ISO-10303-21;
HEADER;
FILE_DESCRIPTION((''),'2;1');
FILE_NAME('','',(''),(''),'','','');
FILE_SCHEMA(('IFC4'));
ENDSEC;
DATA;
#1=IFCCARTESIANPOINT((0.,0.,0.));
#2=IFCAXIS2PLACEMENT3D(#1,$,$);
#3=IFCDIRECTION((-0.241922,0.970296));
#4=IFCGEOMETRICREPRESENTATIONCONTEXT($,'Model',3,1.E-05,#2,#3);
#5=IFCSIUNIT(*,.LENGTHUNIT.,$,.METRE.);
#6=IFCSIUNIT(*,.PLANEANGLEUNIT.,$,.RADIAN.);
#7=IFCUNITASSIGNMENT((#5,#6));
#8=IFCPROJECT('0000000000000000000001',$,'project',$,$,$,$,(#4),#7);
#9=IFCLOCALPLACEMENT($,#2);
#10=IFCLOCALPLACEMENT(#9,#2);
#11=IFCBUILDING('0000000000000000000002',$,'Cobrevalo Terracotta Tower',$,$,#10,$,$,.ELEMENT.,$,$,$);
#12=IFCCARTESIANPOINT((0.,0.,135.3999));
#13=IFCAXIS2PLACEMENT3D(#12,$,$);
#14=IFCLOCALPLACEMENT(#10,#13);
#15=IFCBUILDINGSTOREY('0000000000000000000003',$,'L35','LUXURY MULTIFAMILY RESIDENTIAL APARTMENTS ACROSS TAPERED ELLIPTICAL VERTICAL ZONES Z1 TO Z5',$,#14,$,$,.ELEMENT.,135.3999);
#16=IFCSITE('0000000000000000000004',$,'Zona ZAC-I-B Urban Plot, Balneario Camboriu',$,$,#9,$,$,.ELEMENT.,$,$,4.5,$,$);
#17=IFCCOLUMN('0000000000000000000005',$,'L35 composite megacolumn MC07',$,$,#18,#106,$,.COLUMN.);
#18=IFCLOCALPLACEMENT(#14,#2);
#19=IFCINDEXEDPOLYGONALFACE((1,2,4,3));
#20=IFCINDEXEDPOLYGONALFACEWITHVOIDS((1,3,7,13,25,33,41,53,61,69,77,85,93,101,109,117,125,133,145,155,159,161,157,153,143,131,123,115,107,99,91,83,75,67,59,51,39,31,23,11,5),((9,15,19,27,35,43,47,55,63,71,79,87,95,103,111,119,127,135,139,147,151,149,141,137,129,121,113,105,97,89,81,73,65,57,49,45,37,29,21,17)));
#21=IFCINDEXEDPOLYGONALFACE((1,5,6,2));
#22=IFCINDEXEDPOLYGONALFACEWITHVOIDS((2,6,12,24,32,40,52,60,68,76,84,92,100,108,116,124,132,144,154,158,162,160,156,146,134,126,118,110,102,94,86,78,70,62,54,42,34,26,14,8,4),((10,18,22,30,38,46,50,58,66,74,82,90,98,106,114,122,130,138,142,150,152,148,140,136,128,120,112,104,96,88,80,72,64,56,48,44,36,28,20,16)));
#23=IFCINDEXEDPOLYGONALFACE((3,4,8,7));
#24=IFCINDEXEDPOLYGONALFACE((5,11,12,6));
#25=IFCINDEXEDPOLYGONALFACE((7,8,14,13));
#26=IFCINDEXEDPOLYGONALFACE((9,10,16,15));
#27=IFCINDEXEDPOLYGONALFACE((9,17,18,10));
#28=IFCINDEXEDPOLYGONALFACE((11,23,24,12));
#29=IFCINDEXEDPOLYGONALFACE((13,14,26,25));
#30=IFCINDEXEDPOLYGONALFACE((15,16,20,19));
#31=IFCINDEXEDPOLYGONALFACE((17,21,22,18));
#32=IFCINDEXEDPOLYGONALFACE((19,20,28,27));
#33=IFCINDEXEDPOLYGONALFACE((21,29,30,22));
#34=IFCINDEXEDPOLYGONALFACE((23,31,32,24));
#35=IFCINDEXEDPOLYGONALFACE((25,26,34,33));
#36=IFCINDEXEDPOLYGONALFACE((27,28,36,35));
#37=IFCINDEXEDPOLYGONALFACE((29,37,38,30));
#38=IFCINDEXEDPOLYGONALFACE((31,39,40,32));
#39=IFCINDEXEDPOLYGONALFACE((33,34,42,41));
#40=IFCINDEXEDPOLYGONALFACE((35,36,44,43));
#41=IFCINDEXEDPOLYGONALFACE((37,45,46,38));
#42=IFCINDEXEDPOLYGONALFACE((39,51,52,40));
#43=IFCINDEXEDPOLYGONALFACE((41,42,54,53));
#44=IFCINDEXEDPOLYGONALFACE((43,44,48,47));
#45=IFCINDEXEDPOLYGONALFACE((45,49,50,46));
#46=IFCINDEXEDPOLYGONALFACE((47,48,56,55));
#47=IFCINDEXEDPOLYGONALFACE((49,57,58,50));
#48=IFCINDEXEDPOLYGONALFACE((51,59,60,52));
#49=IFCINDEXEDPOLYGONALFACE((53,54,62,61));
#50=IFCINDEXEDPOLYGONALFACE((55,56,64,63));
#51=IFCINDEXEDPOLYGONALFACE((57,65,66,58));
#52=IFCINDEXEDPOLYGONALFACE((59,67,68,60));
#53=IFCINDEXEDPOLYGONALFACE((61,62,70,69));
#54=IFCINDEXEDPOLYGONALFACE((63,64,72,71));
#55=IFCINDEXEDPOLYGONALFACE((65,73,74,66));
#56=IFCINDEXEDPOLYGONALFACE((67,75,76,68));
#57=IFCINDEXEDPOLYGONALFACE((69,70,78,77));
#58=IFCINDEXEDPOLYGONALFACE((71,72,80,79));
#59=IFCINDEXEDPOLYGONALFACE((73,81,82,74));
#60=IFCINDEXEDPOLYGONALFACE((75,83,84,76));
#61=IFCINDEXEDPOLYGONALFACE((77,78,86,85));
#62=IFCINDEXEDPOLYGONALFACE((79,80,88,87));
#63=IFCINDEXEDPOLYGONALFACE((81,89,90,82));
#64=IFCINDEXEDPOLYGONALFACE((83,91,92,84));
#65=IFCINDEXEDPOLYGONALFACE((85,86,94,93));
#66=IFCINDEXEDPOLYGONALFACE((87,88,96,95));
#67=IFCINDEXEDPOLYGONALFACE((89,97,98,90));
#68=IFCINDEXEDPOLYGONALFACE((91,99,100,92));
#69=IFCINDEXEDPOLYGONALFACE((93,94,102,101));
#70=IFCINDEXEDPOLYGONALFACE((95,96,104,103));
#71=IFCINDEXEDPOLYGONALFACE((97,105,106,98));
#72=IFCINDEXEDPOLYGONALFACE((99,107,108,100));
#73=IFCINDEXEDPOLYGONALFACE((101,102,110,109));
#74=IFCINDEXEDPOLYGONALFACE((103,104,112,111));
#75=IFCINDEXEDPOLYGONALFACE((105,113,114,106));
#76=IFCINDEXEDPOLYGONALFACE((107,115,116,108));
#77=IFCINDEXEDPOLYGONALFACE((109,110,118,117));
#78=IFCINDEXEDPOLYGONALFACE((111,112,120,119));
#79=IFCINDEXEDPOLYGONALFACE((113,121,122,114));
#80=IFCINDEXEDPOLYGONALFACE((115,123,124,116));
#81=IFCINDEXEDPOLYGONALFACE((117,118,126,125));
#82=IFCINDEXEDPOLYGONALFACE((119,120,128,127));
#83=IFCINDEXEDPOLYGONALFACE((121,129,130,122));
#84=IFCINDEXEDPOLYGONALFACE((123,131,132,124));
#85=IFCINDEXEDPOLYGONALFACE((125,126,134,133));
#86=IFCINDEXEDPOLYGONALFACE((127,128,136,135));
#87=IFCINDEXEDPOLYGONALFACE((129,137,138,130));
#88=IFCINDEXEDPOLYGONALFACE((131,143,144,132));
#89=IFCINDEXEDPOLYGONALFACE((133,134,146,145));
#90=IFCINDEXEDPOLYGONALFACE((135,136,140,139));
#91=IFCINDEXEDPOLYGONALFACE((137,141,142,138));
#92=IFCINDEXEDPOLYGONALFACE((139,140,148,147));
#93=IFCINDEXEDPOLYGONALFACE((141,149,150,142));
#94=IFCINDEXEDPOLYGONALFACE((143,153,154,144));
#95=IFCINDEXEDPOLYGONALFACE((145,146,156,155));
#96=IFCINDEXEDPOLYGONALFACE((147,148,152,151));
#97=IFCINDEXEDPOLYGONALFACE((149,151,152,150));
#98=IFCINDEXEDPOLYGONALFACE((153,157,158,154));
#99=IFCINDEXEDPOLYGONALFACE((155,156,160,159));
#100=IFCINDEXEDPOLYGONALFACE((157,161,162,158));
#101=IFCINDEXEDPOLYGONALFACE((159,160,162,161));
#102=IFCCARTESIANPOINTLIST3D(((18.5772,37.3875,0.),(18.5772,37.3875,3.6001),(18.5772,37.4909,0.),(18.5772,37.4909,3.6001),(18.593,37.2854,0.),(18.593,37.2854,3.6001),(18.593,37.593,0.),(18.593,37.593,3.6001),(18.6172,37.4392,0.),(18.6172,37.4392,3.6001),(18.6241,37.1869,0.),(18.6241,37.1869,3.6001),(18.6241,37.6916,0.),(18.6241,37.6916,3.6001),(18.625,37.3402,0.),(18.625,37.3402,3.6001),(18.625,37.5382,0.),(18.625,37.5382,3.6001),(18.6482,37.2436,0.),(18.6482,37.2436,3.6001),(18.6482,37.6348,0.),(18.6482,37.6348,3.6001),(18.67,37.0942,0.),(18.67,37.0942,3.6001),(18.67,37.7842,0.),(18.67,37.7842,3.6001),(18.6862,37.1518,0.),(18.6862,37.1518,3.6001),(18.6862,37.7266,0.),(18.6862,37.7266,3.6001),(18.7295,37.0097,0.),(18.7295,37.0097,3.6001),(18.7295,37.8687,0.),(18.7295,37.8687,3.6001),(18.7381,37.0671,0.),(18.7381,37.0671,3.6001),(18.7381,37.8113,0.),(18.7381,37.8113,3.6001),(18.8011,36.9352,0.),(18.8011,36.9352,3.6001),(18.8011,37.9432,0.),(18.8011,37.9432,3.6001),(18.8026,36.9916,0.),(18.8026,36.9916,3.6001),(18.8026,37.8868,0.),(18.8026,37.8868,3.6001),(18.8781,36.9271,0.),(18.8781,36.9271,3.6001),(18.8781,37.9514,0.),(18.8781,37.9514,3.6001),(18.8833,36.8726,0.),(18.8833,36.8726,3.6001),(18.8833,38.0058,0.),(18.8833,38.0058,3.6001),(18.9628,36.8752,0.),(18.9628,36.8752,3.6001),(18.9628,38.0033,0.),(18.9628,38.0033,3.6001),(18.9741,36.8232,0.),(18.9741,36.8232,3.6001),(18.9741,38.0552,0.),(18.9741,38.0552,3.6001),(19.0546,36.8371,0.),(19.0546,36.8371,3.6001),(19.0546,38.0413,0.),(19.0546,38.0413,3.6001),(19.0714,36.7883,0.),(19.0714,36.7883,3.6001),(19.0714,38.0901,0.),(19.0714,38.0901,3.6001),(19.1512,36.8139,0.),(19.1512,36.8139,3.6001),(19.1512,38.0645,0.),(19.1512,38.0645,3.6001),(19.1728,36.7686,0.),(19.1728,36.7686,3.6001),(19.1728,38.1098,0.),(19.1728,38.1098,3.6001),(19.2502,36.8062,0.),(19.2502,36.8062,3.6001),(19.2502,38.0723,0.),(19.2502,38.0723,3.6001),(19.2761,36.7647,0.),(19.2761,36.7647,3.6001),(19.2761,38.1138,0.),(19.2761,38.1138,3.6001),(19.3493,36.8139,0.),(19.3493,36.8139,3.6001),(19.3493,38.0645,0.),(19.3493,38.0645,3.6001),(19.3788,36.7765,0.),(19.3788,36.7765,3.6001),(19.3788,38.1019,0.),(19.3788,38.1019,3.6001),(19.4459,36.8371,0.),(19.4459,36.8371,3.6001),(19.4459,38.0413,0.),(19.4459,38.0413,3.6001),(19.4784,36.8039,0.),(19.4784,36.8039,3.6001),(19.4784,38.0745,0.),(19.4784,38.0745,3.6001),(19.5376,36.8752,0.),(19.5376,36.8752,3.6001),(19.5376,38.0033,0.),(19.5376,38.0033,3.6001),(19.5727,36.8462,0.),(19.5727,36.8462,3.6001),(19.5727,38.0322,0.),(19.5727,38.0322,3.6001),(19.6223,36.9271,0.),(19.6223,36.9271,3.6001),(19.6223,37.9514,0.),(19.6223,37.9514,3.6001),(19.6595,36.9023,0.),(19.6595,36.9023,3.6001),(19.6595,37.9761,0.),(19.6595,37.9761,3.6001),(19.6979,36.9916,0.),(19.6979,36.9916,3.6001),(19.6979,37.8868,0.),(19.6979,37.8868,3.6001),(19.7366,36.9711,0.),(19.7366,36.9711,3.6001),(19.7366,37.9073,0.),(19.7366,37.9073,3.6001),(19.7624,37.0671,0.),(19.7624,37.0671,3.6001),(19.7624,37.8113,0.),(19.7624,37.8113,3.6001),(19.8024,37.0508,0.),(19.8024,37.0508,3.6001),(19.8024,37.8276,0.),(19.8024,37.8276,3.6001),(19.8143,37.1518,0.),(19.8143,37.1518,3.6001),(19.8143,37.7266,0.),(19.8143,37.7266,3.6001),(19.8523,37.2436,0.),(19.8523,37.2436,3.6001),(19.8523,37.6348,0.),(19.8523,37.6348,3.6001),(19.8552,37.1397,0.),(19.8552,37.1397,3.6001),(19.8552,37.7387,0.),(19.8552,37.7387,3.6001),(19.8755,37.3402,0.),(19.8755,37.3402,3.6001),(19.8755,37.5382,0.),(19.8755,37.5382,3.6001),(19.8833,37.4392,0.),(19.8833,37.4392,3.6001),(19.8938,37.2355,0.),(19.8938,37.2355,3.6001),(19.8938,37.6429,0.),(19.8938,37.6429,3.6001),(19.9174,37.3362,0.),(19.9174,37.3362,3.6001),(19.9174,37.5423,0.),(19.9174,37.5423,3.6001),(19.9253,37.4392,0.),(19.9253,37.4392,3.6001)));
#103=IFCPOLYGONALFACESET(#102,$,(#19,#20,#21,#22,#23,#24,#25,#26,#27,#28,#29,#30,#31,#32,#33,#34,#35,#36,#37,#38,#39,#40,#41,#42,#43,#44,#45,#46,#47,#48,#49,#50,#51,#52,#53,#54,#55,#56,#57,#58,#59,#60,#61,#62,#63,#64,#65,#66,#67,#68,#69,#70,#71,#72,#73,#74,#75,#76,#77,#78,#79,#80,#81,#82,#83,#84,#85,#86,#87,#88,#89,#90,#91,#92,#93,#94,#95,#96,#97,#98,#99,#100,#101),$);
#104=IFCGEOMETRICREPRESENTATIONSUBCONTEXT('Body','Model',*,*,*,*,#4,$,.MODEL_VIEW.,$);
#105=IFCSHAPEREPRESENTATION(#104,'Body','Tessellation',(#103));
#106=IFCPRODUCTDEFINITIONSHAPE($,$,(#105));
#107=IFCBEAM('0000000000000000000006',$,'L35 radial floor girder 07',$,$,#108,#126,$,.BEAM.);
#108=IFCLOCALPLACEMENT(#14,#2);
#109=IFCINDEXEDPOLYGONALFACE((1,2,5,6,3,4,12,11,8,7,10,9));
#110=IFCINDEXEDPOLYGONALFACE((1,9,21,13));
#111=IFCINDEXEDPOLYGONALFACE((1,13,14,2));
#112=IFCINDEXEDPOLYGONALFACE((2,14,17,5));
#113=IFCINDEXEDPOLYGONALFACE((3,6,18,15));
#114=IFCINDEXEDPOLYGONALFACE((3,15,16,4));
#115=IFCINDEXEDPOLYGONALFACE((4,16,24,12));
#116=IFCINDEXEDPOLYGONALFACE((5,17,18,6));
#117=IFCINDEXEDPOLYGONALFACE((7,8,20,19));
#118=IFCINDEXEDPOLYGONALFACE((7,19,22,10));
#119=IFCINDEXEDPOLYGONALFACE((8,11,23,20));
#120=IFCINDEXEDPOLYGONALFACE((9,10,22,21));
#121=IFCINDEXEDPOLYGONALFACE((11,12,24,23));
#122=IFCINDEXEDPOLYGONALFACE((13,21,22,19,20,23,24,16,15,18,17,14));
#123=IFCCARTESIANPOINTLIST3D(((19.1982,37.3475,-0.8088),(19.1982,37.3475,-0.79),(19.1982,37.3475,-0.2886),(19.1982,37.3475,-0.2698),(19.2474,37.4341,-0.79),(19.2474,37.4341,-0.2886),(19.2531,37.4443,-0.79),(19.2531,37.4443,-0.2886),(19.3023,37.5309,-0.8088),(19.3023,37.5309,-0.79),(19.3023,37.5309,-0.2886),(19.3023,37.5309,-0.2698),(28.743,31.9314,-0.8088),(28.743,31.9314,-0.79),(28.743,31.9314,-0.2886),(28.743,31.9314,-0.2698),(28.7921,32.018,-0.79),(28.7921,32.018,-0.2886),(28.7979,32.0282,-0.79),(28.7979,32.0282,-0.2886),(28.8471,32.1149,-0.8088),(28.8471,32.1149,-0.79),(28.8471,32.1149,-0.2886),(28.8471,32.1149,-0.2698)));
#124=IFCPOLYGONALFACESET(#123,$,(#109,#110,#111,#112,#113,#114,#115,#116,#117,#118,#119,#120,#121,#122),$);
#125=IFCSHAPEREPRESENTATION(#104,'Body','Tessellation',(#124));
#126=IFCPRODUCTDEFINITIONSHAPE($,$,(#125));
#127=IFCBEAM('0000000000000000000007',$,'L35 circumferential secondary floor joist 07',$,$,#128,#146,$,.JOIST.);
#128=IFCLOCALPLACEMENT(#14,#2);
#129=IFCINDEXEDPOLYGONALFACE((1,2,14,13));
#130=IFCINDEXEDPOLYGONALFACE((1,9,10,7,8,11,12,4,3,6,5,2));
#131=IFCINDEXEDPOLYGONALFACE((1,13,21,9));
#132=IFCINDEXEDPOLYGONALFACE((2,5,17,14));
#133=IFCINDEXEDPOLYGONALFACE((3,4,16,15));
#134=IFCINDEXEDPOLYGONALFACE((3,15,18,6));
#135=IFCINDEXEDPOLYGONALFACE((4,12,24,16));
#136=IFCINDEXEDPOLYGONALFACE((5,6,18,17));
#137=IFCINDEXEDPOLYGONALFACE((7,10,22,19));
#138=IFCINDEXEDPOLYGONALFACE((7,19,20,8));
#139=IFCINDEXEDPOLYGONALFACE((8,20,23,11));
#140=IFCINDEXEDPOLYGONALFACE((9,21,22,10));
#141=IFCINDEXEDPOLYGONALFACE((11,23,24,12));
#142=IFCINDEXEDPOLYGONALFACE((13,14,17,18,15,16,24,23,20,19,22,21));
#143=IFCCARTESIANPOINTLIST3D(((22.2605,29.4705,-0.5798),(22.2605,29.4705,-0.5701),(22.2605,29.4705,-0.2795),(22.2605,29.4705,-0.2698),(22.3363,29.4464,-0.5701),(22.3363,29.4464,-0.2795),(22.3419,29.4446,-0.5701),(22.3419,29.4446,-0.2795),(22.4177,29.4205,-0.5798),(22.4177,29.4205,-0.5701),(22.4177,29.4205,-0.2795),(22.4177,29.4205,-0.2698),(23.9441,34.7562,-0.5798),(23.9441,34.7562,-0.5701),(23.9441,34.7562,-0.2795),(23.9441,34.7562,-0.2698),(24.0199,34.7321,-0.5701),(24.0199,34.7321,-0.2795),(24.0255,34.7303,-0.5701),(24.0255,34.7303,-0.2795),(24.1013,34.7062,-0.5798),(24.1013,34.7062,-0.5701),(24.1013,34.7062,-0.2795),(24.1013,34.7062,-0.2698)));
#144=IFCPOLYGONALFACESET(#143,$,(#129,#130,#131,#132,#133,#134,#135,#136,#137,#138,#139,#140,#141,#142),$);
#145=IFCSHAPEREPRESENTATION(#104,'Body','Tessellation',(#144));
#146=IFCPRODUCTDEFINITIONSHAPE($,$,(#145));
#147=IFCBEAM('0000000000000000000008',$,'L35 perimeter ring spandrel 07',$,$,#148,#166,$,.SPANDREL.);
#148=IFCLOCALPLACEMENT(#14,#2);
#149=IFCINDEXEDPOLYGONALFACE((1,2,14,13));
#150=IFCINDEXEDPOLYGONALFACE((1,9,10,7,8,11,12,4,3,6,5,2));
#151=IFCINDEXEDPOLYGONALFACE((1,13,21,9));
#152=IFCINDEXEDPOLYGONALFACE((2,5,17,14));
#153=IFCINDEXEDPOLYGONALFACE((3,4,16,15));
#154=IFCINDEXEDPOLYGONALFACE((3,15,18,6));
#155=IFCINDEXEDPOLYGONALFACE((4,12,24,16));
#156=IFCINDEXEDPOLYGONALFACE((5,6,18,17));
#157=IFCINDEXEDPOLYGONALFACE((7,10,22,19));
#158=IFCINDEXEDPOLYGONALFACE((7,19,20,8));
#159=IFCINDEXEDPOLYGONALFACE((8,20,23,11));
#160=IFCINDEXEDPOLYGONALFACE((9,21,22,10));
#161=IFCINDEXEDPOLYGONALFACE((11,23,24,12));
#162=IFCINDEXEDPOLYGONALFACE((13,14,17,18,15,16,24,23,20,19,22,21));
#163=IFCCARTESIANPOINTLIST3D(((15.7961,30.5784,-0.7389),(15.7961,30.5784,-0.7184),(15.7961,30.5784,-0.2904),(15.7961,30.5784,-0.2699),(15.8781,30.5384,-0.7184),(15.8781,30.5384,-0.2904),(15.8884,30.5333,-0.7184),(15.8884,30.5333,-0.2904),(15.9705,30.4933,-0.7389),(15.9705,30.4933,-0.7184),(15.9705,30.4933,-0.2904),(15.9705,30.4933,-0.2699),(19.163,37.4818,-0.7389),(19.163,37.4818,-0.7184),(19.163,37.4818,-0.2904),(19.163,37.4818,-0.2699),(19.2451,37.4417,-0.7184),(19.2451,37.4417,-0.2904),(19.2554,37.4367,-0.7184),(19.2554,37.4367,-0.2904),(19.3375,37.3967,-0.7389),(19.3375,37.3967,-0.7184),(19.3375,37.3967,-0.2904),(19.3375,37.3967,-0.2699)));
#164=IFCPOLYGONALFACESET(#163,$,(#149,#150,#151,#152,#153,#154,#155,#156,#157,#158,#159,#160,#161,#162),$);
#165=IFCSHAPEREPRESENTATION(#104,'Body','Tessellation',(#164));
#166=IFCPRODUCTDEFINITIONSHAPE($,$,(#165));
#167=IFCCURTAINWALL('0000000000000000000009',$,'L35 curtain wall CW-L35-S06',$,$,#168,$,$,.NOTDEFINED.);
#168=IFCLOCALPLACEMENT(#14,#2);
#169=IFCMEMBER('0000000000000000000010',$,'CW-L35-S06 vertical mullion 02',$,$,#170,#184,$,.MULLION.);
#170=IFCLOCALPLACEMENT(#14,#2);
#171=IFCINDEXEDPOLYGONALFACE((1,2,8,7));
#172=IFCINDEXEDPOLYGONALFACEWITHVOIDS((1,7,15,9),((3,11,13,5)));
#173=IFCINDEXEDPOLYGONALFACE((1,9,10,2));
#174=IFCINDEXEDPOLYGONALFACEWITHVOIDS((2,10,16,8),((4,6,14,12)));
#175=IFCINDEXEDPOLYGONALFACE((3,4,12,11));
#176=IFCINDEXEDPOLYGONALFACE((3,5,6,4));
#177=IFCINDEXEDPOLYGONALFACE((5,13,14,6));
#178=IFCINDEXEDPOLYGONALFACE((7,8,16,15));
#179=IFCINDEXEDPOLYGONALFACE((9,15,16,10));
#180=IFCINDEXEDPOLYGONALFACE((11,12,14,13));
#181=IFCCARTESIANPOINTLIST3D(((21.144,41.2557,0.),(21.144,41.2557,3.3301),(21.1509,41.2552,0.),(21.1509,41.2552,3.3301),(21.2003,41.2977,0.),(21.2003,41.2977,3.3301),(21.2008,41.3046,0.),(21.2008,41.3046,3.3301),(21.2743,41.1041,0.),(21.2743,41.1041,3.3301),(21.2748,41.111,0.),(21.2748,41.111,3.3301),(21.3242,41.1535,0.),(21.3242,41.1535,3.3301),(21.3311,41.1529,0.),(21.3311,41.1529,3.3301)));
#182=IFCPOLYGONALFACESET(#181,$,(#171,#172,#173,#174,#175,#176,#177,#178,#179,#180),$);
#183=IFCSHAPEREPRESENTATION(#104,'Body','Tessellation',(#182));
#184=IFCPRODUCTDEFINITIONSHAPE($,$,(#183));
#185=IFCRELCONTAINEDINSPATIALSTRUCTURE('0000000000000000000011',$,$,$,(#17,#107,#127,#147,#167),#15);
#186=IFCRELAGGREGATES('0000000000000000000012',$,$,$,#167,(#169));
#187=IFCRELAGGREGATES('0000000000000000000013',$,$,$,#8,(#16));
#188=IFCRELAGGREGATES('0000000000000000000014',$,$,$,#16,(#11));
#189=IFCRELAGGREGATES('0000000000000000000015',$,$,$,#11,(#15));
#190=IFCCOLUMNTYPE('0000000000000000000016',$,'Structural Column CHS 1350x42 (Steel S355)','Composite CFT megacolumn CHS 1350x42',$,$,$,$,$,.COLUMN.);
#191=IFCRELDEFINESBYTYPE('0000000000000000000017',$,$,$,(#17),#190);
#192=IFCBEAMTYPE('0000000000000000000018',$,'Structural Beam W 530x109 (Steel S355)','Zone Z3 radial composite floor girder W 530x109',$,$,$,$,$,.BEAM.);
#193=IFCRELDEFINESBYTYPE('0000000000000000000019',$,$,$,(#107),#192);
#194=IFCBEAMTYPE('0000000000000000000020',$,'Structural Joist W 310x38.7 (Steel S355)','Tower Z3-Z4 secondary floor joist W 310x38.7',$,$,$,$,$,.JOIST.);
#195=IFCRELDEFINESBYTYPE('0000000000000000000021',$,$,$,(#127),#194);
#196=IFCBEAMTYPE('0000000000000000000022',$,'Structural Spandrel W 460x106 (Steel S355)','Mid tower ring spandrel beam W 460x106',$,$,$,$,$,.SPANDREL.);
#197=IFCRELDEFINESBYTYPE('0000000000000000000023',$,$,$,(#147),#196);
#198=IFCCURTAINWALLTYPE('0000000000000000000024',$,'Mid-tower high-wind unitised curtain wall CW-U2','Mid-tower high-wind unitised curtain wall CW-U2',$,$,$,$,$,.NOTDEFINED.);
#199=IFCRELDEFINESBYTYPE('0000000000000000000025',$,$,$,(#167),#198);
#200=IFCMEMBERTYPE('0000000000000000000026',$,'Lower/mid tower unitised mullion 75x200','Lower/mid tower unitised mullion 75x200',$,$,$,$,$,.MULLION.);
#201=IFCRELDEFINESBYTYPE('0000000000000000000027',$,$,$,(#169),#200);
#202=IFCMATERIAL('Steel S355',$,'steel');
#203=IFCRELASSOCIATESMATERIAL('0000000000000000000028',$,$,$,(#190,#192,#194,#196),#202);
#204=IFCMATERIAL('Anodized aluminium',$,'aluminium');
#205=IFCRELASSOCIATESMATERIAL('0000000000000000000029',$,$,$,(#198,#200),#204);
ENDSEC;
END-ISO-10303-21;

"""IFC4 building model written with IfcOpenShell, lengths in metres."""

from ifc_helpers import new_model, si_unit, direction, frame, origin, origin_2d, place, context, subcontext, project, spatial, hollow_rectangle, hollow_circle, i_section, extrude, source, transform, mapped, material, material_profile, profile_set, type_object, element, aggregate, save


model = new_model("IFC4")

# Units and contexts
model_context = context("Model", 3, precision=1e-05, world=origin(), true_north=direction((-0.241922, 0.970296)))
body_context = subcontext(model_context, "Body", "Model", "MODEL_VIEW")
ifc_project = project(units=[si_unit("LENGTHUNIT", "METRE"), si_unit("PLANEANGLEUNIT", "RADIAN")], contexts=[model_context])

# Site, building, storey
site_placement = place(None, origin())
site = spatial("IfcSite", under=ifc_project, at=site_placement, Name="Zona ZAC-I-B Urban Plot, Balneario Camboriu", CompositionType="ELEMENT", RefElevation=4.5)
building_placement = place(site_placement, origin())
building = spatial("IfcBuilding", under=site, at=building_placement, Name="Cobrevalo Terracotta Tower", CompositionType="ELEMENT")
storey_placement = place(building_placement, frame((0.0, 0.0, 135.3999)))
storey = spatial("IfcBuildingStorey", under=building, at=storey_placement, Name="L35", Description="LUXURY MULTIFAMILY RESIDENTIAL APARTMENTS ACROSS TAPERED ELLIPTICAL VERTICAL ZONES Z1 TO Z5", CompositionType="ELEMENT", Elevation=135.3999)

# Column
ifc_material_1 = material(Name="Steel S355", Category="steel")
ifc_material_profile_1 = material_profile(ifc_material_1, hollow_circle(Radius=0.675, WallThickness=0.042, at=origin_2d()), Name="CHS 1350x42")
ifc_profile_set_1 = profile_set([ifc_material_profile_1], Name="Steel S355")
column_type = type_object("IfcColumnType", Name="Structural Column CHS 1350x42 (Steel S355)", Description="Composite CFT megacolumn CHS 1350x42", PredefinedType="COLUMN", material=ifc_profile_set_1)
column_placement = place(storey_placement, frame((19.2502, 37.4392, 0.0), z_axis=(0.0, 0.0, 1.0), x_axis=(1.0, 0.0, 0.0)))
element("IfcColumn", 1, at=column_placement, inside=storey, type_object=column_type, Name="L35 composite megacolumn MC07", PredefinedType="COLUMN", context=body_context, shape_type="SweptSolid", body=[
    extrude(hollow_circle(Radius=0.675, WallThickness=0.042, at=origin_2d()), origin(), (0.0, 0.0, 1.0), 3.6001),
])

# Beams
ifc_material_profile_2 = material_profile(ifc_material_1, i_section(OverallWidth=0.2109, OverallDepth=0.5391, WebThickness=0.0117, FlangeThickness=0.0188, at=origin_2d()), Name="W 530x109")
ifc_profile_set_2 = profile_set([ifc_material_profile_2], Name="Steel S355")
beam_type_1 = type_object("IfcBeamType", Name="Structural Beam W 530x109 (Steel S355)", Description="Zone Z3 radial composite floor girder W 530x109", PredefinedType="BEAM", material=ifc_profile_set_2)
beam_1_placement = place(storey_placement, frame((19.2502, 37.4392, -0.5393), z_axis=(0.869734, -0.49352, 0.0), x_axis=(0.49352, 0.869734, 0.0)))
element("IfcBeam", 2, at=beam_1_placement, inside=storey, type_object=beam_type_1, Name="L35 radial floor girder 07", PredefinedType="BEAM", context=body_context, shape_type="SweptSolid", body=[
    extrude(i_section(OverallWidth=0.2109, OverallDepth=0.5391, WebThickness=0.0117, FlangeThickness=0.0188, at=origin_2d()), origin(), (0.0, 0.0, 1.0), 10.9744),
])
ifc_material_profile_3 = material_profile(ifc_material_1, i_section(OverallWidth=0.165, OverallDepth=0.3101, WebThickness=0.0059, FlangeThickness=0.0098, at=origin_2d()), Name="W 310x38.7")
ifc_profile_set_3 = profile_set([ifc_material_profile_3], Name="Steel S355")
beam_type_2 = type_object("IfcBeamType", Name="Structural Joist W 310x38.7 (Steel S355)", Description="Tower Z3-Z4 secondary floor joist W 310x38.7", PredefinedType="JOIST", material=ifc_profile_set_3)
beam_2_placement = place(storey_placement, frame((24.0227, 34.7312, -0.4248), z_axis=(-0.303498, -0.952832, 0.0), x_axis=(0.952832, -0.303498, 0.0)))
element("IfcBeam", 3, at=beam_2_placement, inside=storey, type_object=beam_type_2, Name="L35 circumferential secondary floor joist 07", PredefinedType="JOIST", context=body_context, shape_type="SweptSolid", body=[
    extrude(i_section(OverallWidth=0.165, OverallDepth=0.3101, WebThickness=0.0059, FlangeThickness=0.0098, at=origin_2d()), origin(), (0.0, 0.0, 1.0), 5.5474),
])
ifc_material_profile_4 = material_profile(ifc_material_1, i_section(OverallWidth=0.1941, OverallDepth=0.469, WebThickness=0.0115, FlangeThickness=0.0205, at=origin_2d()), Name="W 460x106")
ifc_profile_set_4 = profile_set([ifc_material_profile_4], Name="Steel S355")
beam_type_3 = type_object("IfcBeamType", Name="Structural Spandrel W 460x106 (Steel S355)", Description="Mid tower ring spandrel beam W 460x106", PredefinedType="SPANDREL", material=ifc_profile_set_4)
beam_3_placement = place(storey_placement, frame((19.2502, 37.4392, -0.5044), z_axis=(-0.438368, -0.898796, 0.0), x_axis=(0.898796, -0.438368, 0.0)))
element("IfcBeam", 4, at=beam_3_placement, inside=storey, type_object=beam_type_3, Name="L35 perimeter ring spandrel 07", PredefinedType="SPANDREL", context=body_context, shape_type="SweptSolid", body=[
    extrude(i_section(OverallWidth=0.1941, OverallDepth=0.469, WebThickness=0.0115, FlangeThickness=0.0205, at=origin_2d()), origin(), (0.0, 0.0, 1.0), 7.6807),
])

# Curtain wall, member
ifc_material_2 = material(Name="Anodized aluminium", Category="aluminium")
curtain_wall_type = type_object("IfcCurtainWallType", Name="Mid-tower high-wind unitised curtain wall CW-U2", Description="Mid-tower high-wind unitised curtain wall CW-U2", PredefinedType="NOTDEFINED", material=ifc_material_2)
curtain_wall_1_placement = place(storey_placement, origin())
curtain_wall_1 = element("IfcCurtainWall", 5, at=curtain_wall_1_placement, inside=storey, type_object=curtain_wall_type, Name="L35 curtain wall CW-L35-S06", PredefinedType="NOTDEFINED")
ifc_material_profile_5 = material_profile(ifc_material_2, hollow_rectangle(XDim=0.075, YDim=0.2, WallThickness=0.0049, at=origin_2d()), Name="CWM 75x200")
ifc_profile_set_5 = profile_set([ifc_material_profile_5], Name="Anodized aluminium")
member_type_1 = type_object("IfcMemberType", Name="Lower/mid tower unitised mullion 75x200", Description="Lower/mid tower unitised mullion 75x200", PredefinedType="MULLION", material=ifc_profile_set_5)
shared_shape_1 = source(origin(), body_context, "Body", "SweptSolid", [
    extrude(hollow_rectangle(XDim=0.075, YDim=0.2, WallThickness=0.0049, at=origin_2d()), origin(), (0.0, 0.0, 1.0), 3.3301),
])
member_1_placement = place(storey_placement, frame((21.2375, 41.2043, 0.0), z_axis=(0.0, 0.0, 1.0), x_axis=(-0.758442, -0.651741, 0.0)))
member_1 = element("IfcMember", 6, at=member_1_placement, type_object=member_type_1, Name="CW-L35-S06 vertical mullion 02", PredefinedType="MULLION", context=body_context, shape_type="MappedRepresentation", body=[
    mapped(shared_shape_1, transform((0.0, 0.0, 0.0), scale=1.0)),
])

aggregate(curtain_wall_1, [member_1])

save(model, "model.ifc")
